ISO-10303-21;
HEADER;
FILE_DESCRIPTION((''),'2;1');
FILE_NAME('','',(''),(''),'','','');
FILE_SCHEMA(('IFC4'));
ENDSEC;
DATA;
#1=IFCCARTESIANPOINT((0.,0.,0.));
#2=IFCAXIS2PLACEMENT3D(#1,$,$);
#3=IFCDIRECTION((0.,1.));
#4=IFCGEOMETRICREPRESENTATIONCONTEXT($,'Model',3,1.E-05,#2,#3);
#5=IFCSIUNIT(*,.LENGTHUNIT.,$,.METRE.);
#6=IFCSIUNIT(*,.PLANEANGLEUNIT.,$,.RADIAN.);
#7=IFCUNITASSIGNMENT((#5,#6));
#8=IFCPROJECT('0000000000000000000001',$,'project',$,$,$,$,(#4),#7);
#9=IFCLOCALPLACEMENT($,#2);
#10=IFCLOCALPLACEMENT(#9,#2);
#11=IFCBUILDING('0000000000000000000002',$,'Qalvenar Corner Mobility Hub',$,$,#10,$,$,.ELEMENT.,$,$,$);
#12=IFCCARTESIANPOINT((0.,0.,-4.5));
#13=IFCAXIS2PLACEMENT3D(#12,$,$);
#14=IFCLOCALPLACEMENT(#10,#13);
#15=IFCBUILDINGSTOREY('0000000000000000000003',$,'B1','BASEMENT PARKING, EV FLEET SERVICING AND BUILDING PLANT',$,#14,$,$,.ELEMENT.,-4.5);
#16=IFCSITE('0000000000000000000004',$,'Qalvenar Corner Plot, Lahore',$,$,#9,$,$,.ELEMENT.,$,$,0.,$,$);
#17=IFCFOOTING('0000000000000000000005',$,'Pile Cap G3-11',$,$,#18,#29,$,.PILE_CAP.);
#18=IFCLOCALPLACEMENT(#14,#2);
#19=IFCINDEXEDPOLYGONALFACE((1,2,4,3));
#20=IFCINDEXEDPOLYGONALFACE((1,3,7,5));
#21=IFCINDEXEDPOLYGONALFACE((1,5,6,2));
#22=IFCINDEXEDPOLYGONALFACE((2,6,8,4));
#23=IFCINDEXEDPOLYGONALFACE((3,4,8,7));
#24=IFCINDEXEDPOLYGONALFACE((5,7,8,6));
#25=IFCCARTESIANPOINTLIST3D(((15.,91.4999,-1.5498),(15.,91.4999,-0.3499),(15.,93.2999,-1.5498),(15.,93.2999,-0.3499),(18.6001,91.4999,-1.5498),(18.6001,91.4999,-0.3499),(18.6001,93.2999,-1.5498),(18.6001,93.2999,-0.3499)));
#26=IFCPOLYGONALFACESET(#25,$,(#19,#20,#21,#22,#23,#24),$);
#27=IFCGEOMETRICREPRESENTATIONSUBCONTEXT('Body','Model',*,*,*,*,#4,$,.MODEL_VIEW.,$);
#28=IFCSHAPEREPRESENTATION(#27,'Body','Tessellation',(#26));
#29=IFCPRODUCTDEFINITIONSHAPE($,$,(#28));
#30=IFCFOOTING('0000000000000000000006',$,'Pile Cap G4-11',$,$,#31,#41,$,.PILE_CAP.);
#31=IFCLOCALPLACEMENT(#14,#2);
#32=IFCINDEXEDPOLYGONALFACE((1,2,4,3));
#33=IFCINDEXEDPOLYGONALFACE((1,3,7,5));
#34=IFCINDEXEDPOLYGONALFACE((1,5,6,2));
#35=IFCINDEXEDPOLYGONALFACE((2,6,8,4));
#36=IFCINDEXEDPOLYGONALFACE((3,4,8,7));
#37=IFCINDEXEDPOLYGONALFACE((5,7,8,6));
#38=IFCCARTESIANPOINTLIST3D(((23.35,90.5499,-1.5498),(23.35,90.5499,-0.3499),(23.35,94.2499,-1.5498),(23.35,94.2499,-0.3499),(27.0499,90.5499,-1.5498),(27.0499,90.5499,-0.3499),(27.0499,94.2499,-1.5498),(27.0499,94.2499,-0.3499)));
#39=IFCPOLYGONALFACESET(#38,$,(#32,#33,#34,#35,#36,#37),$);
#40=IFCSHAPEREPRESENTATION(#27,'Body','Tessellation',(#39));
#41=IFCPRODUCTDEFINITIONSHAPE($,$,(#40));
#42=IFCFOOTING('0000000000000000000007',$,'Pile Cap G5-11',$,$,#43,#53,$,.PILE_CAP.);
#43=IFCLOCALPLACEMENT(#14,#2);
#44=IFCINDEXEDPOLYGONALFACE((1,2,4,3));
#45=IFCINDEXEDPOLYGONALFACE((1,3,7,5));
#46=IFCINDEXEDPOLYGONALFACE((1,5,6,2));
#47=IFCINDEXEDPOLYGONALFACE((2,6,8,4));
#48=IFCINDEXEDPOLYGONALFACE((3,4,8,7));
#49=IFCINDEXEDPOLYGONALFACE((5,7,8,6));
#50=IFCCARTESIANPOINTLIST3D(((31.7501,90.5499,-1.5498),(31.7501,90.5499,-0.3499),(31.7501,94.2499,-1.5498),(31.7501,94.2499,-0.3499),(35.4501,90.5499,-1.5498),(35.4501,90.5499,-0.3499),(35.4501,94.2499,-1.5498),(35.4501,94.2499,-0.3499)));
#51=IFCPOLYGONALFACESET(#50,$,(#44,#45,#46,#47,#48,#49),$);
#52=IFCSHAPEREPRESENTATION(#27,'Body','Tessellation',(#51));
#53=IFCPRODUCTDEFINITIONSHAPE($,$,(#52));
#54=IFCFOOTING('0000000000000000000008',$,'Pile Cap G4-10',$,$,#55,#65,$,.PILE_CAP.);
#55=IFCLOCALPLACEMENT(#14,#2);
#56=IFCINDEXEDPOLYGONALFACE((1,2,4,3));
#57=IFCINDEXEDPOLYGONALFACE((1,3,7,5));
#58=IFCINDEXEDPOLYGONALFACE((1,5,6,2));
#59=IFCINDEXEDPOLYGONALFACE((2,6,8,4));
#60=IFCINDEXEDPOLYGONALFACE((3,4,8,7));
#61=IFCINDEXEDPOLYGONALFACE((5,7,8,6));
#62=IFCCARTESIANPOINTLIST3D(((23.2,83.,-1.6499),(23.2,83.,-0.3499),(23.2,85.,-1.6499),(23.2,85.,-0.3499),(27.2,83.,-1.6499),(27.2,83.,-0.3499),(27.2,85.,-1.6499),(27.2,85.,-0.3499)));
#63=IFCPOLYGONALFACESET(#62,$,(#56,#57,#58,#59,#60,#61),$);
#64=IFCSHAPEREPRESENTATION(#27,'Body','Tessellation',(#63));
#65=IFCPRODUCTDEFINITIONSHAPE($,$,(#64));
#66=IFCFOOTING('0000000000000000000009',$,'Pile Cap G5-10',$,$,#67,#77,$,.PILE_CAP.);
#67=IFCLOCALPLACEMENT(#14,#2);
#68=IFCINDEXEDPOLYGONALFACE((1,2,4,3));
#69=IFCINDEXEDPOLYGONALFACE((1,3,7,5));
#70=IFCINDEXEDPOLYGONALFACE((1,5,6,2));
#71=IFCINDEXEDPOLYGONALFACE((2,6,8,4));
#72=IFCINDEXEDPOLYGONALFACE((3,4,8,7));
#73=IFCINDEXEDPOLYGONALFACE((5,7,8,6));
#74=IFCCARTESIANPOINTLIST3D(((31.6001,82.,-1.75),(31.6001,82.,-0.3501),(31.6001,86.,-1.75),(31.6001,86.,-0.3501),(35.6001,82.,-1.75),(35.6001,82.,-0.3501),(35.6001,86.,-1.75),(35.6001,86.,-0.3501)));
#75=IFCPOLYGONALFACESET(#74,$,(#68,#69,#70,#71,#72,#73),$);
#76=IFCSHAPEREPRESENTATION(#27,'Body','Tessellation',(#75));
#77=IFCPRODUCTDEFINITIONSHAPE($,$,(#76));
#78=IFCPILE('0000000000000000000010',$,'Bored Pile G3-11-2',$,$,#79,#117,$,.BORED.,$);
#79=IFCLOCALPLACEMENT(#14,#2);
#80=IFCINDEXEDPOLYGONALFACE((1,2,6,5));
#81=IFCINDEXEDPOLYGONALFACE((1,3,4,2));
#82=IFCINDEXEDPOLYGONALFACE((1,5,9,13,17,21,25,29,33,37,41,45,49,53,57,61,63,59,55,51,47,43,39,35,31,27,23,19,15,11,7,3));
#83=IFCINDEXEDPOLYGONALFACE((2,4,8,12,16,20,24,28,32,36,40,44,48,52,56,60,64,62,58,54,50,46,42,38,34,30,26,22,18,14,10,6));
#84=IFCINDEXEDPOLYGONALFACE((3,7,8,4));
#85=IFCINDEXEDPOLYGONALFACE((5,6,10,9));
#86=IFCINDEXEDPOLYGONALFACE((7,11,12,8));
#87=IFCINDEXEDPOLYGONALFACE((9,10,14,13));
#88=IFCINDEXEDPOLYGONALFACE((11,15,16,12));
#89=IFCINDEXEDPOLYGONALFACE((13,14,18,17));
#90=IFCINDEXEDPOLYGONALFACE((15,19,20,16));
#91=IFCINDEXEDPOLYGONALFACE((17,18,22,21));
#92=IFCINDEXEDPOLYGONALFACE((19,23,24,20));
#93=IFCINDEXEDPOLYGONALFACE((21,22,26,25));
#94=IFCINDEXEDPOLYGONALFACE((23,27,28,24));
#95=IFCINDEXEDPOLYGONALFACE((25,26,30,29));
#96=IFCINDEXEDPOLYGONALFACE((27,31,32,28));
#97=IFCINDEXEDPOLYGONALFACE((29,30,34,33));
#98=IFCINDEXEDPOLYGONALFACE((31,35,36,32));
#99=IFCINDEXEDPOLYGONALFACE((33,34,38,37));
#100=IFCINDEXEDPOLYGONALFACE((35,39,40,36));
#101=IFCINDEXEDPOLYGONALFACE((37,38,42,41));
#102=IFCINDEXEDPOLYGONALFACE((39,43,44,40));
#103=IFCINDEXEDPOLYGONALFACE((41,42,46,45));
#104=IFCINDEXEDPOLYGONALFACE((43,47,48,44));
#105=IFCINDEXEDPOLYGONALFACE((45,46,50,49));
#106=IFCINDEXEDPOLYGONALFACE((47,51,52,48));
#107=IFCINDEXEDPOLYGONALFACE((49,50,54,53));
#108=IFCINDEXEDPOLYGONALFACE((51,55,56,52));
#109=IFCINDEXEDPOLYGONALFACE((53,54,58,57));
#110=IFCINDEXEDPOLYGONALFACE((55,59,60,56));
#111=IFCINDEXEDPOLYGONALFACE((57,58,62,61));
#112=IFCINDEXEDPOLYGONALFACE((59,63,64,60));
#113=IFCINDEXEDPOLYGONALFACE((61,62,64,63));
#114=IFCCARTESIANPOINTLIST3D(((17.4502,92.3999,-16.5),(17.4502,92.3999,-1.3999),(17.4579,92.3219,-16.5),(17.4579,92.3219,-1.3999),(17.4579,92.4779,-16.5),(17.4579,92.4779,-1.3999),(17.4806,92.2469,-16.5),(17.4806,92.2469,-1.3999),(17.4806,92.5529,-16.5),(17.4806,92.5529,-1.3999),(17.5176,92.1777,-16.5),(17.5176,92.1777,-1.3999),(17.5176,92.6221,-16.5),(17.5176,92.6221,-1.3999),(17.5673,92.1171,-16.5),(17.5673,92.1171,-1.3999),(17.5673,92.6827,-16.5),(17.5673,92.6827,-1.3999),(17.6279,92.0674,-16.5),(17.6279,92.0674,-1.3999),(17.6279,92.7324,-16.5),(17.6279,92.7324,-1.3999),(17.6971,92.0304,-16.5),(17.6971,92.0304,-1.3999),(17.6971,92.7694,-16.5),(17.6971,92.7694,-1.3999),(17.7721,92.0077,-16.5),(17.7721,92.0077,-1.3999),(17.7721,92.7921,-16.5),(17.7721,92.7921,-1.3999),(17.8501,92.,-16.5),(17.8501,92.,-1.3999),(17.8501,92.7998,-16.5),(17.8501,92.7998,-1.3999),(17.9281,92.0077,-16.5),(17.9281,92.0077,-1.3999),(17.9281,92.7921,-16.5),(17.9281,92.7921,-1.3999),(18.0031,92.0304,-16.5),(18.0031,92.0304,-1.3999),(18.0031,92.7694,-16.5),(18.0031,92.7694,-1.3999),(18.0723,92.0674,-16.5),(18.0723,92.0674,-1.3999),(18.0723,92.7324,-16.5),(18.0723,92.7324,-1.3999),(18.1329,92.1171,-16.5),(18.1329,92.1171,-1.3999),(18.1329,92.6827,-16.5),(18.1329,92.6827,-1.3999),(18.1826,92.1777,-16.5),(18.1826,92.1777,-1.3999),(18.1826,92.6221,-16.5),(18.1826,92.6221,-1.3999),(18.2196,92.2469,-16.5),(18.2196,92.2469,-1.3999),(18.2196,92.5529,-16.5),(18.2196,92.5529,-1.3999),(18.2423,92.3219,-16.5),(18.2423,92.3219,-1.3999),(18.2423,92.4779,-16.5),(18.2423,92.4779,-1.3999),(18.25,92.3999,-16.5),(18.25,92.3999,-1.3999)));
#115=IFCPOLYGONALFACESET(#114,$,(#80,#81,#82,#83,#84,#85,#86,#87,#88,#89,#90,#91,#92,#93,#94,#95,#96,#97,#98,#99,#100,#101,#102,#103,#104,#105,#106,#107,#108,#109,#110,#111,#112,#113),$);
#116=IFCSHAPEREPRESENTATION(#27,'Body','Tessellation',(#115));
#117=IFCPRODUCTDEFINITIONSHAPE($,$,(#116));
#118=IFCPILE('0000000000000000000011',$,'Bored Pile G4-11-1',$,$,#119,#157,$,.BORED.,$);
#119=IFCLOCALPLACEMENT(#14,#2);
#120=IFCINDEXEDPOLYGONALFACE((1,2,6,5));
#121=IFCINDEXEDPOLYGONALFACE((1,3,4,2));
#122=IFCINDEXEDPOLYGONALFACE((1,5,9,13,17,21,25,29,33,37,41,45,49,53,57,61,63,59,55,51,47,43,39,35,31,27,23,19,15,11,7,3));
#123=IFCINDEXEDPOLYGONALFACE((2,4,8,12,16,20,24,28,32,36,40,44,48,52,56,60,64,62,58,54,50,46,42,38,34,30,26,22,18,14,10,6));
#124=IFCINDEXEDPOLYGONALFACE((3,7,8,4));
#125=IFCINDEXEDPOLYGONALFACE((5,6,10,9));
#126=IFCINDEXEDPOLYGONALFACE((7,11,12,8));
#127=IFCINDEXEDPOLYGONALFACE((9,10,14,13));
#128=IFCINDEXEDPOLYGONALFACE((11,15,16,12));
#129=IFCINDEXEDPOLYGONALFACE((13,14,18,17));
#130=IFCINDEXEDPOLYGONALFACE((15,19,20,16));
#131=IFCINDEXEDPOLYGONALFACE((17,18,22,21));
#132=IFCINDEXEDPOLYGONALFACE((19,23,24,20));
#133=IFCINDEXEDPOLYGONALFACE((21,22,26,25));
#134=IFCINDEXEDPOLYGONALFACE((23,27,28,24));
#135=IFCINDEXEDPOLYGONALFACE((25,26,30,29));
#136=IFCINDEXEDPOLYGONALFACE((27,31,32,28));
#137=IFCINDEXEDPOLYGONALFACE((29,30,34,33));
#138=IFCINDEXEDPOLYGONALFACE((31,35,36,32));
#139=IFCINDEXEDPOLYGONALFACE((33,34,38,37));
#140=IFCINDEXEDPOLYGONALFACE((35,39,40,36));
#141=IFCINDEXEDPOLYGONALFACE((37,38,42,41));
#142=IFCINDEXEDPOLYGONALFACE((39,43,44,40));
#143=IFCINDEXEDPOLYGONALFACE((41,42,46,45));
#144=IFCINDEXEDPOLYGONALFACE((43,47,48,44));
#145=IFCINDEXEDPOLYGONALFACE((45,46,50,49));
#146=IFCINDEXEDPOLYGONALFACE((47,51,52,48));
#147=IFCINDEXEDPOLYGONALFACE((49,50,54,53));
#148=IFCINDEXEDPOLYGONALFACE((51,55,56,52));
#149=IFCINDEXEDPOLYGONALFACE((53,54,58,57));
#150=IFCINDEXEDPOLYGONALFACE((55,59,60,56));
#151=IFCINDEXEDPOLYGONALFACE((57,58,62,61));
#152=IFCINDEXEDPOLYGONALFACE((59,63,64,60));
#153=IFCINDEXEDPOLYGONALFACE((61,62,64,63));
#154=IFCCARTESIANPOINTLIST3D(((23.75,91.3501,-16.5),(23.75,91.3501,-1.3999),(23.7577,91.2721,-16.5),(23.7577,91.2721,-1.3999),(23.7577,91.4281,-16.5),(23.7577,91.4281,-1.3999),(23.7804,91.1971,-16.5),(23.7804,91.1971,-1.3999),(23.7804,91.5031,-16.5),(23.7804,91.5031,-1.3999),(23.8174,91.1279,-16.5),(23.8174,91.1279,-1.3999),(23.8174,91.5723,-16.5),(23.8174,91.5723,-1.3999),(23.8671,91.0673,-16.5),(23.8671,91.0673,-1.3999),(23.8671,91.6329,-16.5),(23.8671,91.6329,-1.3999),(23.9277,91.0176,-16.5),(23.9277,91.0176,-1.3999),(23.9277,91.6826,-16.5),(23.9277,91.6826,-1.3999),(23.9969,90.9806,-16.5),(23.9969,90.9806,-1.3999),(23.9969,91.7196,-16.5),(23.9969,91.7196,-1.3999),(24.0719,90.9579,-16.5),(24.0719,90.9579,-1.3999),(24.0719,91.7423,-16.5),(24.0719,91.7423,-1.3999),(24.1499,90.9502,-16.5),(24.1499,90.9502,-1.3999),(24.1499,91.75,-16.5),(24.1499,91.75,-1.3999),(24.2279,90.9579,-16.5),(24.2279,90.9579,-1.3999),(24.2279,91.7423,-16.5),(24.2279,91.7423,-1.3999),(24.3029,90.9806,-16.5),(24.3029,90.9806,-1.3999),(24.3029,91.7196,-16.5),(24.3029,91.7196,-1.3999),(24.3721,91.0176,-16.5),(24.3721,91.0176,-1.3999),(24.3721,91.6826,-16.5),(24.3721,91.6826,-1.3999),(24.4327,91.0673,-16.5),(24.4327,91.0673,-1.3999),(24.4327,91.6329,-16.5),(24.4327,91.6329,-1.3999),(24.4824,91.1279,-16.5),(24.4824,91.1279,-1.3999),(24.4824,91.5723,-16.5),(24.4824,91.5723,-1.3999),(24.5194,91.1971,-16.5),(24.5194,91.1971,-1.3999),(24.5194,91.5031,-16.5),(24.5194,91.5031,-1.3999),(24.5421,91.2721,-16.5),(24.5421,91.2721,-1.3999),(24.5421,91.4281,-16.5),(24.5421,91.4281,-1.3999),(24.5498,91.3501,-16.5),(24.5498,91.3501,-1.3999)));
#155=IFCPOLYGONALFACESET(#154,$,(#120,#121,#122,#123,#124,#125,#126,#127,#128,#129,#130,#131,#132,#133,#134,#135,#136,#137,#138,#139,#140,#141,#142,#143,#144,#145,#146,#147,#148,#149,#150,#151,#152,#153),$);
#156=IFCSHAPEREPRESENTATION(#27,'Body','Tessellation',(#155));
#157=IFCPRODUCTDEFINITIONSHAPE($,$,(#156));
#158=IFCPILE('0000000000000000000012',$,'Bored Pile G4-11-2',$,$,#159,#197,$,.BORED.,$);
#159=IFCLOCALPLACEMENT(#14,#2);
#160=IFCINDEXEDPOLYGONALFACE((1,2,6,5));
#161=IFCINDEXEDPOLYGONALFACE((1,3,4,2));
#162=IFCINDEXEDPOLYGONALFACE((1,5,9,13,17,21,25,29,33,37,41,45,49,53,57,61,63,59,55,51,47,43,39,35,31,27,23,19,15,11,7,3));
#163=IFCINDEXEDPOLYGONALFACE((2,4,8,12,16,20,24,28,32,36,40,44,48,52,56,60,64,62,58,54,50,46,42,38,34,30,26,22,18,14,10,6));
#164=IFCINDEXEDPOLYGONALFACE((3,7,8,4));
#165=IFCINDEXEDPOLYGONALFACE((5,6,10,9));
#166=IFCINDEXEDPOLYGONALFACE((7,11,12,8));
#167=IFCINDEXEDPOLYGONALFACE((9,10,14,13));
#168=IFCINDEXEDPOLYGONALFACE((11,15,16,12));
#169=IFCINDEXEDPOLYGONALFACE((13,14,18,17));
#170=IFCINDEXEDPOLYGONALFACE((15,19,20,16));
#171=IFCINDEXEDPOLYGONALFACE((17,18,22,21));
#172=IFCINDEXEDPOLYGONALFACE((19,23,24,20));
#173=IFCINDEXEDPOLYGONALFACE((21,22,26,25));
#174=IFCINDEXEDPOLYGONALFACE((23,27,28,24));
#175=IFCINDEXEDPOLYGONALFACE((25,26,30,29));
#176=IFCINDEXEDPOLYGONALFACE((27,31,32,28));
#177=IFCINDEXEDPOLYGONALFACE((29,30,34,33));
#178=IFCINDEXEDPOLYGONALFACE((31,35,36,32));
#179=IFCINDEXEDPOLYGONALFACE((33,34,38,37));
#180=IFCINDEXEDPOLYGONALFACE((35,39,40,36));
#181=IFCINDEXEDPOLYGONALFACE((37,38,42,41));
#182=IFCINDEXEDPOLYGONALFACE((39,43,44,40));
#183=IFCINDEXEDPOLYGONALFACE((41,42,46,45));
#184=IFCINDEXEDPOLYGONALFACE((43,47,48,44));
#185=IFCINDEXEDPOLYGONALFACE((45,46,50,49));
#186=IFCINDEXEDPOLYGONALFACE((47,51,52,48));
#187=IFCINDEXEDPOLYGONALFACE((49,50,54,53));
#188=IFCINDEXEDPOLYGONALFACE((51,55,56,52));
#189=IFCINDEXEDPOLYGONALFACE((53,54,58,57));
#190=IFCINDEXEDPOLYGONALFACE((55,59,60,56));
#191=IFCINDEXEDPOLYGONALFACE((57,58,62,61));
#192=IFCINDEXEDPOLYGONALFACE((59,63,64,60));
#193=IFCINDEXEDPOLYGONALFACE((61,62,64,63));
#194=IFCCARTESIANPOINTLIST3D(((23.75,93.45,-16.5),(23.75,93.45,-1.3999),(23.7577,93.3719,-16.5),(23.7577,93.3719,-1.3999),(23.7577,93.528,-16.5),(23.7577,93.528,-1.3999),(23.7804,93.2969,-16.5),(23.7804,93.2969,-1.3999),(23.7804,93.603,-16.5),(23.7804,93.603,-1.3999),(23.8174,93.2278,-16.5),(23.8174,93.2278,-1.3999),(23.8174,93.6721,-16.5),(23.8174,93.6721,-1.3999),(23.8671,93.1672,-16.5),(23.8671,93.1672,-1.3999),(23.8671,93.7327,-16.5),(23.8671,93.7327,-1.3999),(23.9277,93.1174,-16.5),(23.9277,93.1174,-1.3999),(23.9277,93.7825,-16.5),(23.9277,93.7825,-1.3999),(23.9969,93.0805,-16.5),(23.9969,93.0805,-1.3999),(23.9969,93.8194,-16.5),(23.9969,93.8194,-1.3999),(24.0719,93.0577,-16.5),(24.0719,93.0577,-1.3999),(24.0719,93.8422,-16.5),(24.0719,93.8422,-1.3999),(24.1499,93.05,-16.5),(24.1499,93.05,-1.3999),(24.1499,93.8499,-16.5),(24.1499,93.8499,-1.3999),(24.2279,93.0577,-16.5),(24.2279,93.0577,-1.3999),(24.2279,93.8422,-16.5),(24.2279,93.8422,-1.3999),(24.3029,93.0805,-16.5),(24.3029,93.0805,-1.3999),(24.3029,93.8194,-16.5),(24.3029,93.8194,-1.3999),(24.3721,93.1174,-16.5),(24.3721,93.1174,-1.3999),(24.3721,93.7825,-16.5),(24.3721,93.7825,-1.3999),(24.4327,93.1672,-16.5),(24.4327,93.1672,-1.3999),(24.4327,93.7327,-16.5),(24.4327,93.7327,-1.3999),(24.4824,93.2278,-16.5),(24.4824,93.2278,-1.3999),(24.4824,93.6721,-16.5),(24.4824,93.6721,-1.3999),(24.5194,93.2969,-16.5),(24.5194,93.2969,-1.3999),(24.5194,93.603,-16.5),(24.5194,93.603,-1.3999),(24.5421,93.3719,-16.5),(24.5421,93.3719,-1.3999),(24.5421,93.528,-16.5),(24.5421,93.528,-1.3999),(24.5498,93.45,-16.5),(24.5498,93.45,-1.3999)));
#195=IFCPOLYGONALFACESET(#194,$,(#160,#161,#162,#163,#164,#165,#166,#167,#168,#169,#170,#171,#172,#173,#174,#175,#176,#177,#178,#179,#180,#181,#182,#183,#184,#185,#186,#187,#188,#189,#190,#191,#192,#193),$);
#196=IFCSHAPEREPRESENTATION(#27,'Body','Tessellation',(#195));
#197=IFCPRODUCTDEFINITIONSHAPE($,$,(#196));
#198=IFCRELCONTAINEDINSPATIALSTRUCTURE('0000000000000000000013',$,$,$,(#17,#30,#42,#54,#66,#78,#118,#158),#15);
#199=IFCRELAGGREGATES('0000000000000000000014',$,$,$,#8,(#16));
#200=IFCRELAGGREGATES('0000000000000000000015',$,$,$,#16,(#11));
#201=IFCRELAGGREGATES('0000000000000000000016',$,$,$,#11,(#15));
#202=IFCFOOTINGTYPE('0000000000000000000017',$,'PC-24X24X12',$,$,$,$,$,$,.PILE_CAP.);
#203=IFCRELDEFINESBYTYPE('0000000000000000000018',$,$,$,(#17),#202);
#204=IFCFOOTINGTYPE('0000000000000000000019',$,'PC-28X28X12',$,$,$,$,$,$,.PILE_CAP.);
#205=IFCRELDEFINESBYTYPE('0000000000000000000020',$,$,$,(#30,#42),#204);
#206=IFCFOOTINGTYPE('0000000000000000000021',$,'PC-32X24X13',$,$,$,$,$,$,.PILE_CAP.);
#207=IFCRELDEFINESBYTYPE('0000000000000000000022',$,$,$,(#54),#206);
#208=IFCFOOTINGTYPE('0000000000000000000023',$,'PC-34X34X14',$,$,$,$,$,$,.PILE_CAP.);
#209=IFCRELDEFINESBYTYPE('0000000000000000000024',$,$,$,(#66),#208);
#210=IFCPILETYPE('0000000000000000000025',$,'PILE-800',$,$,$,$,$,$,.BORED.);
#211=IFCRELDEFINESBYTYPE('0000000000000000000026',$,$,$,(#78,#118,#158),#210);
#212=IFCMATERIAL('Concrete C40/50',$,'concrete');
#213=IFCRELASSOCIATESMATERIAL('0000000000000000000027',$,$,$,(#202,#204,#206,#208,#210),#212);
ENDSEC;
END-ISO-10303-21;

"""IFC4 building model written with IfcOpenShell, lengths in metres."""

from ifc_helpers import new_model, si_unit, direction, frame, origin, origin_2d, place, context, subcontext, project, spatial, rectangle, circle, extrude, material, material_profile, profile_set, type_object, element, save


model = new_model("IFC4")

# Units and contexts
model_context = context("Model", 3, precision=1e-05, world=origin(), true_north=direction((0.0, 1.0)))
body_context = subcontext(model_context, "Body", "Model", "MODEL_VIEW")
ifc_project = project(units=[si_unit("LENGTHUNIT", "METRE"), si_unit("PLANEANGLEUNIT", "RADIAN")], contexts=[model_context])

# Site, building, storey
site_placement = place(None, origin())
site = spatial("IfcSite", under=ifc_project, at=site_placement, Name="Qalvenar Corner Plot, Lahore", CompositionType="ELEMENT", RefElevation=0.0)
building_placement = place(site_placement, origin())
building = spatial("IfcBuilding", under=site, at=building_placement, Name="Qalvenar Corner Mobility Hub", CompositionType="ELEMENT")
storey_placement = place(building_placement, frame((0.0, 0.0, -4.5)))
storey = spatial("IfcBuildingStorey", under=building, at=storey_placement, Name="B1", Description="BASEMENT PARKING, EV FLEET SERVICING AND BUILDING PLANT", CompositionType="ELEMENT", Elevation=-4.5)

# Footings
ifc_material_1 = material(Name="Concrete C40/50", Category="concrete")
footing_type_1 = type_object("IfcFootingType", Name="PC-24X24X12", PredefinedType="PILE_CAP", material=ifc_material_1)
footing_1_placement = place(storey_placement, frame((16.8, 92.3999, -1.5498), z_axis=(0.0, 0.0, 1.0), x_axis=(1.0, 0.0, 0.0)))
element("IfcFooting", 1, at=footing_1_placement, inside=storey, type_object=footing_type_1, Name="Pile Cap G3-11", PredefinedType="PILE_CAP", context=body_context, shape_type="SweptSolid", body=[
    extrude(rectangle(XDim=3.6001, YDim=1.8, at=origin_2d()), origin(), (0.0, 0.0, 1.0), 1.2),
])
footing_type_2 = type_object("IfcFootingType", Name="PC-28X28X12", PredefinedType="PILE_CAP", material=ifc_material_1)
for number, where, z_axis, x_axis, name in (
    (2, (25.2, 92.3999, -1.5498), (0.0, 0.0, 1.0), (1.0, 0.0, 0.0), "Pile Cap G4-11"),
    (3, (33.6001, 92.3999, -1.5498), (0.0, 0.0, 1.0), (1.0, 0.0, 0.0), "Pile Cap G5-11"),
):
    element("IfcFooting", number, at=place(storey_placement, frame(where, z_axis=z_axis, x_axis=x_axis)), inside=storey, type_object=footing_type_2, Name=name, PredefinedType="PILE_CAP", context=body_context, shape_type="SweptSolid", body=[
        extrude(rectangle(XDim=3.7, YDim=3.7, at=origin_2d()), origin(), (0.0, 0.0, 1.0), 1.2),
    ])
footing_type_3 = type_object("IfcFootingType", Name="PC-32X24X13", PredefinedType="PILE_CAP", material=ifc_material_1)
footing_2_placement = place(storey_placement, frame((25.2, 84.0, -1.6499), z_axis=(0.0, 0.0, 1.0), x_axis=(1.0, 0.0, 0.0)))
element("IfcFooting", 4, at=footing_2_placement, inside=storey, type_object=footing_type_3, Name="Pile Cap G4-10", PredefinedType="PILE_CAP", context=body_context, shape_type="SweptSolid", body=[
    extrude(rectangle(XDim=4.0, YDim=2.0, at=origin_2d()), origin(), (0.0, 0.0, 1.0), 1.3),
])
footing_type_4 = type_object("IfcFootingType", Name="PC-34X34X14", PredefinedType="PILE_CAP", material=ifc_material_1)
footing_3_placement = place(storey_placement, frame((33.6001, 84.0, -1.75), z_axis=(0.0, 0.0, 1.0), x_axis=(1.0, 0.0, 0.0)))
element("IfcFooting", 5, at=footing_3_placement, inside=storey, type_object=footing_type_4, Name="Pile Cap G5-10", PredefinedType="PILE_CAP", context=body_context, shape_type="SweptSolid", body=[
    extrude(rectangle(XDim=4.0, YDim=4.0, at=origin_2d()), origin(), (0.0, 0.0, 1.0), 1.3999),
])

# Piles
ifc_material_profile_1 = material_profile(ifc_material_1, circle(Radius=0.3999, at=origin_2d()), Name="DIA800")
ifc_profile_set_1 = profile_set([ifc_material_profile_1], Name="Concrete C40/50")
pile_type_1 = type_object("IfcPileType", Name="PILE-800", PredefinedType="BORED", material=ifc_profile_set_1)
for number, where, z_axis, x_axis, name in (
    (6, (17.8501, 92.3999, -1.3999), (0.0, 0.0, -1.0), (1.0, 0.0, 0.0), "Bored Pile G3-11-2"),
    (7, (24.1499, 91.3501, -1.3999), (0.0, 0.0, -1.0), (1.0, 0.0, 0.0), "Bored Pile G4-11-1"),
    (8, (24.1499, 93.45, -1.3999), (0.0, 0.0, -1.0), (1.0, 0.0, 0.0), "Bored Pile G4-11-2"),
):
    element("IfcPile", number, at=place(storey_placement, frame(where, z_axis=z_axis, x_axis=x_axis)), inside=storey, type_object=pile_type_1, Name=name, PredefinedType="BORED", context=body_context, shape_type="SweptSolid", body=[
        extrude(circle(Radius=0.3999, at=origin_2d()), origin(), (0.0, 0.0, 1.0), 15.1001),
    ])

save(model, "model.ifc")
